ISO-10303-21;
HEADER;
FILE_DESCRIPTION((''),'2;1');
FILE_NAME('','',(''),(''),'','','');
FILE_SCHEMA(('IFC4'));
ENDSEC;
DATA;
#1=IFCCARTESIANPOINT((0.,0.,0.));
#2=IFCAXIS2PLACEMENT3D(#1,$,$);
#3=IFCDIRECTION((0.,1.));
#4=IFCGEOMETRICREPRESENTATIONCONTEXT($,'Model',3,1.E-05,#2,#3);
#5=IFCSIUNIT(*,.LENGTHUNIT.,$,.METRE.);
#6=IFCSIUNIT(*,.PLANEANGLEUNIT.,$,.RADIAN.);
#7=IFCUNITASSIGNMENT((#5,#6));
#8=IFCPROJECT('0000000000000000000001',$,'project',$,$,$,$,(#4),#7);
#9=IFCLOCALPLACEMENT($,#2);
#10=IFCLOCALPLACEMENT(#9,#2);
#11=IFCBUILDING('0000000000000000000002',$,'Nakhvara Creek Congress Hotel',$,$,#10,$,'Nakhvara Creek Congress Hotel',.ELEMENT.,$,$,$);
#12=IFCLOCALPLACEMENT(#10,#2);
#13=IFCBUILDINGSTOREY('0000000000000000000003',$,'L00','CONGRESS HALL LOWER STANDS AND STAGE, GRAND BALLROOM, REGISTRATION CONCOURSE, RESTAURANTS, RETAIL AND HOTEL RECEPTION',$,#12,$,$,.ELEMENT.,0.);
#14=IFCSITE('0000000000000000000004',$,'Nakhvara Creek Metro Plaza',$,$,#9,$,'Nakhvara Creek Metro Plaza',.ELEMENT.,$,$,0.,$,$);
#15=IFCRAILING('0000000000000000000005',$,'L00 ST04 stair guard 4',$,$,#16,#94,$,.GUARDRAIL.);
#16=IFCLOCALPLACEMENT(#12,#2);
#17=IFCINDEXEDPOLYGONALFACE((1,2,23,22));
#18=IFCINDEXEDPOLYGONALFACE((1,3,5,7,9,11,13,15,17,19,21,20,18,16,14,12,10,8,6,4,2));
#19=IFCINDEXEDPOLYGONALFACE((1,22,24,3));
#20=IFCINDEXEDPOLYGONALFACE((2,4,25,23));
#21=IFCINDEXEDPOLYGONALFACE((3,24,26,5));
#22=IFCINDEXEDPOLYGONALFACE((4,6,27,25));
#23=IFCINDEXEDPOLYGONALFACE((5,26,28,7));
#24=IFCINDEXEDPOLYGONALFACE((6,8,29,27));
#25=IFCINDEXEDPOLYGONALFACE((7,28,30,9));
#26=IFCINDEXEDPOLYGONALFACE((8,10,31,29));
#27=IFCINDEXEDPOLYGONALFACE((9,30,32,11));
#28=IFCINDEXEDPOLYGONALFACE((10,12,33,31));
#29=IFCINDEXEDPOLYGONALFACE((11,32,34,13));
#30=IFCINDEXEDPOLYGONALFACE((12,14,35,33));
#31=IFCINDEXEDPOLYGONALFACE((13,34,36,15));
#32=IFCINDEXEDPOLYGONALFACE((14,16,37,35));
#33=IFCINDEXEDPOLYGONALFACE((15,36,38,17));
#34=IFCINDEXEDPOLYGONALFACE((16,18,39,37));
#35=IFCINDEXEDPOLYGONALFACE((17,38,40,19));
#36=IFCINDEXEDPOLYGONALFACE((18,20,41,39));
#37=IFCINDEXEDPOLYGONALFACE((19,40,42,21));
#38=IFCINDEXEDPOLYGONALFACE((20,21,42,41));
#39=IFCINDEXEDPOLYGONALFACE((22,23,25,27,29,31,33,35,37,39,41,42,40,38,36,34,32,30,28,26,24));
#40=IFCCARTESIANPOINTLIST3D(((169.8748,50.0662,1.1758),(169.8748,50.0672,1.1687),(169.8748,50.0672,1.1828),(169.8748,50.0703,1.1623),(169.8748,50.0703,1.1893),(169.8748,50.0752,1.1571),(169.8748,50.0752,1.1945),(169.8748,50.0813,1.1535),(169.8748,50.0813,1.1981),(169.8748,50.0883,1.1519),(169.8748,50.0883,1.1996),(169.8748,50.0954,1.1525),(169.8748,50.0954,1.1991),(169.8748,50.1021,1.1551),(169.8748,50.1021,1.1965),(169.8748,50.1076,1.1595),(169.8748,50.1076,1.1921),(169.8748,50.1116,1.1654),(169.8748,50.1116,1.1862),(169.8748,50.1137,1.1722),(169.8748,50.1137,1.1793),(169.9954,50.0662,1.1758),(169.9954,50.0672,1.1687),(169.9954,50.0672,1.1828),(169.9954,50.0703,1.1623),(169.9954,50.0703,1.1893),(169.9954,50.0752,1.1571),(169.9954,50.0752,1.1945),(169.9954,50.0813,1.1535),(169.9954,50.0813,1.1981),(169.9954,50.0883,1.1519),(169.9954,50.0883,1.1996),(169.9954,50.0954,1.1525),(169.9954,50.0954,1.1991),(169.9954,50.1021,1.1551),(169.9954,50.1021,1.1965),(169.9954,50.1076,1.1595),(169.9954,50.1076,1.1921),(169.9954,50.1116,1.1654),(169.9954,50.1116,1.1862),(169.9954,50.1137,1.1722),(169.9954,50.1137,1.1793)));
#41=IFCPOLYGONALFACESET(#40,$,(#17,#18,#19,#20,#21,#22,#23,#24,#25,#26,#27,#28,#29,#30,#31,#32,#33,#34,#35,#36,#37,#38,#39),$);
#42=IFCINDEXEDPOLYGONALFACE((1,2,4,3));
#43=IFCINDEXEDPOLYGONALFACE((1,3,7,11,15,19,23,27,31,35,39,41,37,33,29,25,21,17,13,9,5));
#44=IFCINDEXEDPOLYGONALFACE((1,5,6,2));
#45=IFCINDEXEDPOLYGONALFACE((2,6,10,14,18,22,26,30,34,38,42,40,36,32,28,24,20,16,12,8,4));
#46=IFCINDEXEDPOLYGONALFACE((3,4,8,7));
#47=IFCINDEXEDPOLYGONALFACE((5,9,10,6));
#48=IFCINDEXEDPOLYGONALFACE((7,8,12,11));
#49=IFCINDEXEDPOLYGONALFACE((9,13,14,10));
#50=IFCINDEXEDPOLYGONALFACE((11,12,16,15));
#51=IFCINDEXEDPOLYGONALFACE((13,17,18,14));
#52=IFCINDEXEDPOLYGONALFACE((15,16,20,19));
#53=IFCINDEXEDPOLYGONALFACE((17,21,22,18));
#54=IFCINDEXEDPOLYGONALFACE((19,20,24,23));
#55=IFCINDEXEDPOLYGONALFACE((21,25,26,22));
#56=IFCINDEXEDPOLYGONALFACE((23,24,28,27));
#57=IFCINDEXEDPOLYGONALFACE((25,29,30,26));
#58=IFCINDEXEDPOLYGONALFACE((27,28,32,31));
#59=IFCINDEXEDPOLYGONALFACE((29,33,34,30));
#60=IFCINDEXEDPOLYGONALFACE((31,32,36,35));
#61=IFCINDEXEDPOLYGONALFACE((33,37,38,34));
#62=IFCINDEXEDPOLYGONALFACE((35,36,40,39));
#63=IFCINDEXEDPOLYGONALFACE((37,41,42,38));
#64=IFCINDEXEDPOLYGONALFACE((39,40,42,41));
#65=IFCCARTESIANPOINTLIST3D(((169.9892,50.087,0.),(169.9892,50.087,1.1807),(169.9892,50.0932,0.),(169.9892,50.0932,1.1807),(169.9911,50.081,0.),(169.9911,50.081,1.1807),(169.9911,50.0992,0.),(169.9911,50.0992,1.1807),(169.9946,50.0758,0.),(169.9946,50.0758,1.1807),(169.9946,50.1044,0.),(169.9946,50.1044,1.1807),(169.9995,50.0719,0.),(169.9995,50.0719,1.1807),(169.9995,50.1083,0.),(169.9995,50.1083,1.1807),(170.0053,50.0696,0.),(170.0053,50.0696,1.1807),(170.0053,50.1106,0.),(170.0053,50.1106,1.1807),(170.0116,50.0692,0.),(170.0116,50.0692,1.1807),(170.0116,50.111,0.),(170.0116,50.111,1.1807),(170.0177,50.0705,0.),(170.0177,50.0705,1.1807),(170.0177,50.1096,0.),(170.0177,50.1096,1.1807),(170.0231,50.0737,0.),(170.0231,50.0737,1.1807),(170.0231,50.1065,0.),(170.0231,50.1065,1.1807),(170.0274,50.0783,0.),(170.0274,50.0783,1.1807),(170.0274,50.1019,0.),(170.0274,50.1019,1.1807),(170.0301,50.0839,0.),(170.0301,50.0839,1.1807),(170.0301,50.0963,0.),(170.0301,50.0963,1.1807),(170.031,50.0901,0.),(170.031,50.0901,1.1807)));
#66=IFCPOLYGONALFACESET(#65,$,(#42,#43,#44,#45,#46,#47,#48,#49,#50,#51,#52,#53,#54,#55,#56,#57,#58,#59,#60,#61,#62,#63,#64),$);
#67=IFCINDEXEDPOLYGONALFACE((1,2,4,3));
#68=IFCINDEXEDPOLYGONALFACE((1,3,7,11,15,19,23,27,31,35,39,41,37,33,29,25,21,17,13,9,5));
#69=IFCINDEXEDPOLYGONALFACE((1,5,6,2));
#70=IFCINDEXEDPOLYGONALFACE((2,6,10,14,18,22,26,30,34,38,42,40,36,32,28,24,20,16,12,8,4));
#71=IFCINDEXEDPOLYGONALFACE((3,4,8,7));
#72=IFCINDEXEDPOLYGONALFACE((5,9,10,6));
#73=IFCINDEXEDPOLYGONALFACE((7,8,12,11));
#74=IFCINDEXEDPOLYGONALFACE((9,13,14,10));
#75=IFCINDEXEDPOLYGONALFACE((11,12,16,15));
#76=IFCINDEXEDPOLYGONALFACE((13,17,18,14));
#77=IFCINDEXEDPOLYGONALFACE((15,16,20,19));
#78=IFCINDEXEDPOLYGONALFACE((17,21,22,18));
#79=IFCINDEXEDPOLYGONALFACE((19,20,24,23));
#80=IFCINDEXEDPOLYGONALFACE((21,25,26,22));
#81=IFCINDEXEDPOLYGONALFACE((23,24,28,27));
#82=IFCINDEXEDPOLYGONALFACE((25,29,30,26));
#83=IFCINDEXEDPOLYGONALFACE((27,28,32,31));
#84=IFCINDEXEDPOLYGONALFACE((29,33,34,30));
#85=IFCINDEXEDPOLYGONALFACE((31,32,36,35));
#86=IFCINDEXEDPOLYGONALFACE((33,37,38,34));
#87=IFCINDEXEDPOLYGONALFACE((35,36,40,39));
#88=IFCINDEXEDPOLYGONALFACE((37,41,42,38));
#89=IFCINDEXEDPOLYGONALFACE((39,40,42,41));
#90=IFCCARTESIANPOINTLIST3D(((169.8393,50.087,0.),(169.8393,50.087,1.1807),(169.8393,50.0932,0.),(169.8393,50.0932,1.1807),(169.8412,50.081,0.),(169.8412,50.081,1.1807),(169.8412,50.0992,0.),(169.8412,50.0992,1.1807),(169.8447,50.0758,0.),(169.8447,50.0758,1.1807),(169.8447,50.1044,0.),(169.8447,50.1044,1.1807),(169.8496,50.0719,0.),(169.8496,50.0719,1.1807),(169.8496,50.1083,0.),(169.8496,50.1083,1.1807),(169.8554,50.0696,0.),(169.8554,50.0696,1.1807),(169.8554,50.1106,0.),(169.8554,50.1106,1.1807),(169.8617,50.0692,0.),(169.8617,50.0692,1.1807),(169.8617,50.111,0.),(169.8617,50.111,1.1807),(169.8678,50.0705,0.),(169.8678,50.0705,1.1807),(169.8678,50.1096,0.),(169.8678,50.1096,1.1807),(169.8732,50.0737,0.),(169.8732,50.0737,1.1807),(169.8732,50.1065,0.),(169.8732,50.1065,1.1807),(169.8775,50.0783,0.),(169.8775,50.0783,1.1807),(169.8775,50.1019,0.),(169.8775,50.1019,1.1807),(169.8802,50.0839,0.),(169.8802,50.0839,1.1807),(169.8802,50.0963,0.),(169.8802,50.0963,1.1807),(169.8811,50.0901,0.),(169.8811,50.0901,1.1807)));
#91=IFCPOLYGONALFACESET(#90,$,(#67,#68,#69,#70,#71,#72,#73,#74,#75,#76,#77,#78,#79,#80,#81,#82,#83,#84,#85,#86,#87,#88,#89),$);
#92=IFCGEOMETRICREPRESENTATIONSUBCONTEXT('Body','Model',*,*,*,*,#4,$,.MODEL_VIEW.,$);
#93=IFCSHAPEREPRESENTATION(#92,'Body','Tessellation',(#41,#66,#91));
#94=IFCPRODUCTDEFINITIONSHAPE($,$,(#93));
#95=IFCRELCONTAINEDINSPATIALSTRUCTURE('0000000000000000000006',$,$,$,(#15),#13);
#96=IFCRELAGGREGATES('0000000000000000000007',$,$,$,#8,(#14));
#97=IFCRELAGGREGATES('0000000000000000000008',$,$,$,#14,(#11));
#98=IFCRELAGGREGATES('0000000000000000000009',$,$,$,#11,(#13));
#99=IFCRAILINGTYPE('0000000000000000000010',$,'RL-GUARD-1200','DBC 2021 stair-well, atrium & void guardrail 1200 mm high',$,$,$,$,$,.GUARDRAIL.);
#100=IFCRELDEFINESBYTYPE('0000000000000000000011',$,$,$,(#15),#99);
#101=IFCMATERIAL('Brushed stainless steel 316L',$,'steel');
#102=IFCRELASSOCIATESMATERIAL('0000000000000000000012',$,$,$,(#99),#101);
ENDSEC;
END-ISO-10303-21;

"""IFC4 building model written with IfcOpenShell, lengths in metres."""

from ifc_helpers import new_model, si_unit, direction, frame, origin, origin_2d, place, context, subcontext, project, spatial, circle, extrude, material, type_object, element, save


model = new_model("IFC4")

# Units and contexts
model_context = context("Model", 3, precision=1e-05, world=origin(), true_north=direction((0.0, 1.0)))
body_context = subcontext(model_context, "Body", "Model", "MODEL_VIEW")
ifc_project = project(units=[si_unit("LENGTHUNIT", "METRE"), si_unit("PLANEANGLEUNIT", "RADIAN")], contexts=[model_context])

# Site, building, storey
site_placement = place(None, origin())
site = spatial("IfcSite", under=ifc_project, at=site_placement, Name="Nakhvara Creek Metro Plaza", LongName="Nakhvara Creek Metro Plaza", CompositionType="ELEMENT", RefElevation=0.0)
building_placement = place(site_placement, origin())
building = spatial("IfcBuilding", under=site, at=building_placement, Name="Nakhvara Creek Congress Hotel", LongName="Nakhvara Creek Congress Hotel", CompositionType="ELEMENT")
storey_placement = place(building_placement, origin())
storey = spatial("IfcBuildingStorey", under=building, at=storey_placement, Name="L00", Description="CONGRESS HALL LOWER STANDS AND STAGE, GRAND BALLROOM, REGISTRATION CONCOURSE, RESTAURANTS, RETAIL AND HOTEL RECEPTION", CompositionType="ELEMENT", Elevation=0.0)

# Railing
ifc_material_1 = material(Name="Brushed stainless steel 316L", Category="steel")
railing_type_1 = type_object("IfcRailingType", Name="RL-GUARD-1200", Description="DBC 2021 stair-well, atrium & void guardrail 1200 mm high", PredefinedType="GUARDRAIL", material=ifc_material_1)
railing_1_placement = place(storey_placement, frame((170.01, 50.0901, 0.0)))
element("IfcRailing", 1, at=railing_1_placement, inside=storey, type_object=railing_type_1, Name="L00 ST04 stair guard 4", PredefinedType="GUARDRAIL", context=body_context, shape_type="SweptSolid", body=[
    extrude(circle(Radius=0.0239, at=origin_2d()), frame((-0.0146, 0.0, 1.1758), z_axis=(-1.0, 0.0, 0.0), x_axis=(0.0, -1.0, 0.0)), (0.0, 0.0, 1.0), 0.1206),
    extrude(circle(Radius=0.021, at=origin_2d()), origin(), (0.0, 0.0, 1.0), 1.1807),
    extrude(circle(Radius=0.021, at=origin_2d()), frame((-0.1499, 0.0, 0.0)), (0.0, 0.0, 1.0), 1.1807),
])

save(model, "model.ifc")
